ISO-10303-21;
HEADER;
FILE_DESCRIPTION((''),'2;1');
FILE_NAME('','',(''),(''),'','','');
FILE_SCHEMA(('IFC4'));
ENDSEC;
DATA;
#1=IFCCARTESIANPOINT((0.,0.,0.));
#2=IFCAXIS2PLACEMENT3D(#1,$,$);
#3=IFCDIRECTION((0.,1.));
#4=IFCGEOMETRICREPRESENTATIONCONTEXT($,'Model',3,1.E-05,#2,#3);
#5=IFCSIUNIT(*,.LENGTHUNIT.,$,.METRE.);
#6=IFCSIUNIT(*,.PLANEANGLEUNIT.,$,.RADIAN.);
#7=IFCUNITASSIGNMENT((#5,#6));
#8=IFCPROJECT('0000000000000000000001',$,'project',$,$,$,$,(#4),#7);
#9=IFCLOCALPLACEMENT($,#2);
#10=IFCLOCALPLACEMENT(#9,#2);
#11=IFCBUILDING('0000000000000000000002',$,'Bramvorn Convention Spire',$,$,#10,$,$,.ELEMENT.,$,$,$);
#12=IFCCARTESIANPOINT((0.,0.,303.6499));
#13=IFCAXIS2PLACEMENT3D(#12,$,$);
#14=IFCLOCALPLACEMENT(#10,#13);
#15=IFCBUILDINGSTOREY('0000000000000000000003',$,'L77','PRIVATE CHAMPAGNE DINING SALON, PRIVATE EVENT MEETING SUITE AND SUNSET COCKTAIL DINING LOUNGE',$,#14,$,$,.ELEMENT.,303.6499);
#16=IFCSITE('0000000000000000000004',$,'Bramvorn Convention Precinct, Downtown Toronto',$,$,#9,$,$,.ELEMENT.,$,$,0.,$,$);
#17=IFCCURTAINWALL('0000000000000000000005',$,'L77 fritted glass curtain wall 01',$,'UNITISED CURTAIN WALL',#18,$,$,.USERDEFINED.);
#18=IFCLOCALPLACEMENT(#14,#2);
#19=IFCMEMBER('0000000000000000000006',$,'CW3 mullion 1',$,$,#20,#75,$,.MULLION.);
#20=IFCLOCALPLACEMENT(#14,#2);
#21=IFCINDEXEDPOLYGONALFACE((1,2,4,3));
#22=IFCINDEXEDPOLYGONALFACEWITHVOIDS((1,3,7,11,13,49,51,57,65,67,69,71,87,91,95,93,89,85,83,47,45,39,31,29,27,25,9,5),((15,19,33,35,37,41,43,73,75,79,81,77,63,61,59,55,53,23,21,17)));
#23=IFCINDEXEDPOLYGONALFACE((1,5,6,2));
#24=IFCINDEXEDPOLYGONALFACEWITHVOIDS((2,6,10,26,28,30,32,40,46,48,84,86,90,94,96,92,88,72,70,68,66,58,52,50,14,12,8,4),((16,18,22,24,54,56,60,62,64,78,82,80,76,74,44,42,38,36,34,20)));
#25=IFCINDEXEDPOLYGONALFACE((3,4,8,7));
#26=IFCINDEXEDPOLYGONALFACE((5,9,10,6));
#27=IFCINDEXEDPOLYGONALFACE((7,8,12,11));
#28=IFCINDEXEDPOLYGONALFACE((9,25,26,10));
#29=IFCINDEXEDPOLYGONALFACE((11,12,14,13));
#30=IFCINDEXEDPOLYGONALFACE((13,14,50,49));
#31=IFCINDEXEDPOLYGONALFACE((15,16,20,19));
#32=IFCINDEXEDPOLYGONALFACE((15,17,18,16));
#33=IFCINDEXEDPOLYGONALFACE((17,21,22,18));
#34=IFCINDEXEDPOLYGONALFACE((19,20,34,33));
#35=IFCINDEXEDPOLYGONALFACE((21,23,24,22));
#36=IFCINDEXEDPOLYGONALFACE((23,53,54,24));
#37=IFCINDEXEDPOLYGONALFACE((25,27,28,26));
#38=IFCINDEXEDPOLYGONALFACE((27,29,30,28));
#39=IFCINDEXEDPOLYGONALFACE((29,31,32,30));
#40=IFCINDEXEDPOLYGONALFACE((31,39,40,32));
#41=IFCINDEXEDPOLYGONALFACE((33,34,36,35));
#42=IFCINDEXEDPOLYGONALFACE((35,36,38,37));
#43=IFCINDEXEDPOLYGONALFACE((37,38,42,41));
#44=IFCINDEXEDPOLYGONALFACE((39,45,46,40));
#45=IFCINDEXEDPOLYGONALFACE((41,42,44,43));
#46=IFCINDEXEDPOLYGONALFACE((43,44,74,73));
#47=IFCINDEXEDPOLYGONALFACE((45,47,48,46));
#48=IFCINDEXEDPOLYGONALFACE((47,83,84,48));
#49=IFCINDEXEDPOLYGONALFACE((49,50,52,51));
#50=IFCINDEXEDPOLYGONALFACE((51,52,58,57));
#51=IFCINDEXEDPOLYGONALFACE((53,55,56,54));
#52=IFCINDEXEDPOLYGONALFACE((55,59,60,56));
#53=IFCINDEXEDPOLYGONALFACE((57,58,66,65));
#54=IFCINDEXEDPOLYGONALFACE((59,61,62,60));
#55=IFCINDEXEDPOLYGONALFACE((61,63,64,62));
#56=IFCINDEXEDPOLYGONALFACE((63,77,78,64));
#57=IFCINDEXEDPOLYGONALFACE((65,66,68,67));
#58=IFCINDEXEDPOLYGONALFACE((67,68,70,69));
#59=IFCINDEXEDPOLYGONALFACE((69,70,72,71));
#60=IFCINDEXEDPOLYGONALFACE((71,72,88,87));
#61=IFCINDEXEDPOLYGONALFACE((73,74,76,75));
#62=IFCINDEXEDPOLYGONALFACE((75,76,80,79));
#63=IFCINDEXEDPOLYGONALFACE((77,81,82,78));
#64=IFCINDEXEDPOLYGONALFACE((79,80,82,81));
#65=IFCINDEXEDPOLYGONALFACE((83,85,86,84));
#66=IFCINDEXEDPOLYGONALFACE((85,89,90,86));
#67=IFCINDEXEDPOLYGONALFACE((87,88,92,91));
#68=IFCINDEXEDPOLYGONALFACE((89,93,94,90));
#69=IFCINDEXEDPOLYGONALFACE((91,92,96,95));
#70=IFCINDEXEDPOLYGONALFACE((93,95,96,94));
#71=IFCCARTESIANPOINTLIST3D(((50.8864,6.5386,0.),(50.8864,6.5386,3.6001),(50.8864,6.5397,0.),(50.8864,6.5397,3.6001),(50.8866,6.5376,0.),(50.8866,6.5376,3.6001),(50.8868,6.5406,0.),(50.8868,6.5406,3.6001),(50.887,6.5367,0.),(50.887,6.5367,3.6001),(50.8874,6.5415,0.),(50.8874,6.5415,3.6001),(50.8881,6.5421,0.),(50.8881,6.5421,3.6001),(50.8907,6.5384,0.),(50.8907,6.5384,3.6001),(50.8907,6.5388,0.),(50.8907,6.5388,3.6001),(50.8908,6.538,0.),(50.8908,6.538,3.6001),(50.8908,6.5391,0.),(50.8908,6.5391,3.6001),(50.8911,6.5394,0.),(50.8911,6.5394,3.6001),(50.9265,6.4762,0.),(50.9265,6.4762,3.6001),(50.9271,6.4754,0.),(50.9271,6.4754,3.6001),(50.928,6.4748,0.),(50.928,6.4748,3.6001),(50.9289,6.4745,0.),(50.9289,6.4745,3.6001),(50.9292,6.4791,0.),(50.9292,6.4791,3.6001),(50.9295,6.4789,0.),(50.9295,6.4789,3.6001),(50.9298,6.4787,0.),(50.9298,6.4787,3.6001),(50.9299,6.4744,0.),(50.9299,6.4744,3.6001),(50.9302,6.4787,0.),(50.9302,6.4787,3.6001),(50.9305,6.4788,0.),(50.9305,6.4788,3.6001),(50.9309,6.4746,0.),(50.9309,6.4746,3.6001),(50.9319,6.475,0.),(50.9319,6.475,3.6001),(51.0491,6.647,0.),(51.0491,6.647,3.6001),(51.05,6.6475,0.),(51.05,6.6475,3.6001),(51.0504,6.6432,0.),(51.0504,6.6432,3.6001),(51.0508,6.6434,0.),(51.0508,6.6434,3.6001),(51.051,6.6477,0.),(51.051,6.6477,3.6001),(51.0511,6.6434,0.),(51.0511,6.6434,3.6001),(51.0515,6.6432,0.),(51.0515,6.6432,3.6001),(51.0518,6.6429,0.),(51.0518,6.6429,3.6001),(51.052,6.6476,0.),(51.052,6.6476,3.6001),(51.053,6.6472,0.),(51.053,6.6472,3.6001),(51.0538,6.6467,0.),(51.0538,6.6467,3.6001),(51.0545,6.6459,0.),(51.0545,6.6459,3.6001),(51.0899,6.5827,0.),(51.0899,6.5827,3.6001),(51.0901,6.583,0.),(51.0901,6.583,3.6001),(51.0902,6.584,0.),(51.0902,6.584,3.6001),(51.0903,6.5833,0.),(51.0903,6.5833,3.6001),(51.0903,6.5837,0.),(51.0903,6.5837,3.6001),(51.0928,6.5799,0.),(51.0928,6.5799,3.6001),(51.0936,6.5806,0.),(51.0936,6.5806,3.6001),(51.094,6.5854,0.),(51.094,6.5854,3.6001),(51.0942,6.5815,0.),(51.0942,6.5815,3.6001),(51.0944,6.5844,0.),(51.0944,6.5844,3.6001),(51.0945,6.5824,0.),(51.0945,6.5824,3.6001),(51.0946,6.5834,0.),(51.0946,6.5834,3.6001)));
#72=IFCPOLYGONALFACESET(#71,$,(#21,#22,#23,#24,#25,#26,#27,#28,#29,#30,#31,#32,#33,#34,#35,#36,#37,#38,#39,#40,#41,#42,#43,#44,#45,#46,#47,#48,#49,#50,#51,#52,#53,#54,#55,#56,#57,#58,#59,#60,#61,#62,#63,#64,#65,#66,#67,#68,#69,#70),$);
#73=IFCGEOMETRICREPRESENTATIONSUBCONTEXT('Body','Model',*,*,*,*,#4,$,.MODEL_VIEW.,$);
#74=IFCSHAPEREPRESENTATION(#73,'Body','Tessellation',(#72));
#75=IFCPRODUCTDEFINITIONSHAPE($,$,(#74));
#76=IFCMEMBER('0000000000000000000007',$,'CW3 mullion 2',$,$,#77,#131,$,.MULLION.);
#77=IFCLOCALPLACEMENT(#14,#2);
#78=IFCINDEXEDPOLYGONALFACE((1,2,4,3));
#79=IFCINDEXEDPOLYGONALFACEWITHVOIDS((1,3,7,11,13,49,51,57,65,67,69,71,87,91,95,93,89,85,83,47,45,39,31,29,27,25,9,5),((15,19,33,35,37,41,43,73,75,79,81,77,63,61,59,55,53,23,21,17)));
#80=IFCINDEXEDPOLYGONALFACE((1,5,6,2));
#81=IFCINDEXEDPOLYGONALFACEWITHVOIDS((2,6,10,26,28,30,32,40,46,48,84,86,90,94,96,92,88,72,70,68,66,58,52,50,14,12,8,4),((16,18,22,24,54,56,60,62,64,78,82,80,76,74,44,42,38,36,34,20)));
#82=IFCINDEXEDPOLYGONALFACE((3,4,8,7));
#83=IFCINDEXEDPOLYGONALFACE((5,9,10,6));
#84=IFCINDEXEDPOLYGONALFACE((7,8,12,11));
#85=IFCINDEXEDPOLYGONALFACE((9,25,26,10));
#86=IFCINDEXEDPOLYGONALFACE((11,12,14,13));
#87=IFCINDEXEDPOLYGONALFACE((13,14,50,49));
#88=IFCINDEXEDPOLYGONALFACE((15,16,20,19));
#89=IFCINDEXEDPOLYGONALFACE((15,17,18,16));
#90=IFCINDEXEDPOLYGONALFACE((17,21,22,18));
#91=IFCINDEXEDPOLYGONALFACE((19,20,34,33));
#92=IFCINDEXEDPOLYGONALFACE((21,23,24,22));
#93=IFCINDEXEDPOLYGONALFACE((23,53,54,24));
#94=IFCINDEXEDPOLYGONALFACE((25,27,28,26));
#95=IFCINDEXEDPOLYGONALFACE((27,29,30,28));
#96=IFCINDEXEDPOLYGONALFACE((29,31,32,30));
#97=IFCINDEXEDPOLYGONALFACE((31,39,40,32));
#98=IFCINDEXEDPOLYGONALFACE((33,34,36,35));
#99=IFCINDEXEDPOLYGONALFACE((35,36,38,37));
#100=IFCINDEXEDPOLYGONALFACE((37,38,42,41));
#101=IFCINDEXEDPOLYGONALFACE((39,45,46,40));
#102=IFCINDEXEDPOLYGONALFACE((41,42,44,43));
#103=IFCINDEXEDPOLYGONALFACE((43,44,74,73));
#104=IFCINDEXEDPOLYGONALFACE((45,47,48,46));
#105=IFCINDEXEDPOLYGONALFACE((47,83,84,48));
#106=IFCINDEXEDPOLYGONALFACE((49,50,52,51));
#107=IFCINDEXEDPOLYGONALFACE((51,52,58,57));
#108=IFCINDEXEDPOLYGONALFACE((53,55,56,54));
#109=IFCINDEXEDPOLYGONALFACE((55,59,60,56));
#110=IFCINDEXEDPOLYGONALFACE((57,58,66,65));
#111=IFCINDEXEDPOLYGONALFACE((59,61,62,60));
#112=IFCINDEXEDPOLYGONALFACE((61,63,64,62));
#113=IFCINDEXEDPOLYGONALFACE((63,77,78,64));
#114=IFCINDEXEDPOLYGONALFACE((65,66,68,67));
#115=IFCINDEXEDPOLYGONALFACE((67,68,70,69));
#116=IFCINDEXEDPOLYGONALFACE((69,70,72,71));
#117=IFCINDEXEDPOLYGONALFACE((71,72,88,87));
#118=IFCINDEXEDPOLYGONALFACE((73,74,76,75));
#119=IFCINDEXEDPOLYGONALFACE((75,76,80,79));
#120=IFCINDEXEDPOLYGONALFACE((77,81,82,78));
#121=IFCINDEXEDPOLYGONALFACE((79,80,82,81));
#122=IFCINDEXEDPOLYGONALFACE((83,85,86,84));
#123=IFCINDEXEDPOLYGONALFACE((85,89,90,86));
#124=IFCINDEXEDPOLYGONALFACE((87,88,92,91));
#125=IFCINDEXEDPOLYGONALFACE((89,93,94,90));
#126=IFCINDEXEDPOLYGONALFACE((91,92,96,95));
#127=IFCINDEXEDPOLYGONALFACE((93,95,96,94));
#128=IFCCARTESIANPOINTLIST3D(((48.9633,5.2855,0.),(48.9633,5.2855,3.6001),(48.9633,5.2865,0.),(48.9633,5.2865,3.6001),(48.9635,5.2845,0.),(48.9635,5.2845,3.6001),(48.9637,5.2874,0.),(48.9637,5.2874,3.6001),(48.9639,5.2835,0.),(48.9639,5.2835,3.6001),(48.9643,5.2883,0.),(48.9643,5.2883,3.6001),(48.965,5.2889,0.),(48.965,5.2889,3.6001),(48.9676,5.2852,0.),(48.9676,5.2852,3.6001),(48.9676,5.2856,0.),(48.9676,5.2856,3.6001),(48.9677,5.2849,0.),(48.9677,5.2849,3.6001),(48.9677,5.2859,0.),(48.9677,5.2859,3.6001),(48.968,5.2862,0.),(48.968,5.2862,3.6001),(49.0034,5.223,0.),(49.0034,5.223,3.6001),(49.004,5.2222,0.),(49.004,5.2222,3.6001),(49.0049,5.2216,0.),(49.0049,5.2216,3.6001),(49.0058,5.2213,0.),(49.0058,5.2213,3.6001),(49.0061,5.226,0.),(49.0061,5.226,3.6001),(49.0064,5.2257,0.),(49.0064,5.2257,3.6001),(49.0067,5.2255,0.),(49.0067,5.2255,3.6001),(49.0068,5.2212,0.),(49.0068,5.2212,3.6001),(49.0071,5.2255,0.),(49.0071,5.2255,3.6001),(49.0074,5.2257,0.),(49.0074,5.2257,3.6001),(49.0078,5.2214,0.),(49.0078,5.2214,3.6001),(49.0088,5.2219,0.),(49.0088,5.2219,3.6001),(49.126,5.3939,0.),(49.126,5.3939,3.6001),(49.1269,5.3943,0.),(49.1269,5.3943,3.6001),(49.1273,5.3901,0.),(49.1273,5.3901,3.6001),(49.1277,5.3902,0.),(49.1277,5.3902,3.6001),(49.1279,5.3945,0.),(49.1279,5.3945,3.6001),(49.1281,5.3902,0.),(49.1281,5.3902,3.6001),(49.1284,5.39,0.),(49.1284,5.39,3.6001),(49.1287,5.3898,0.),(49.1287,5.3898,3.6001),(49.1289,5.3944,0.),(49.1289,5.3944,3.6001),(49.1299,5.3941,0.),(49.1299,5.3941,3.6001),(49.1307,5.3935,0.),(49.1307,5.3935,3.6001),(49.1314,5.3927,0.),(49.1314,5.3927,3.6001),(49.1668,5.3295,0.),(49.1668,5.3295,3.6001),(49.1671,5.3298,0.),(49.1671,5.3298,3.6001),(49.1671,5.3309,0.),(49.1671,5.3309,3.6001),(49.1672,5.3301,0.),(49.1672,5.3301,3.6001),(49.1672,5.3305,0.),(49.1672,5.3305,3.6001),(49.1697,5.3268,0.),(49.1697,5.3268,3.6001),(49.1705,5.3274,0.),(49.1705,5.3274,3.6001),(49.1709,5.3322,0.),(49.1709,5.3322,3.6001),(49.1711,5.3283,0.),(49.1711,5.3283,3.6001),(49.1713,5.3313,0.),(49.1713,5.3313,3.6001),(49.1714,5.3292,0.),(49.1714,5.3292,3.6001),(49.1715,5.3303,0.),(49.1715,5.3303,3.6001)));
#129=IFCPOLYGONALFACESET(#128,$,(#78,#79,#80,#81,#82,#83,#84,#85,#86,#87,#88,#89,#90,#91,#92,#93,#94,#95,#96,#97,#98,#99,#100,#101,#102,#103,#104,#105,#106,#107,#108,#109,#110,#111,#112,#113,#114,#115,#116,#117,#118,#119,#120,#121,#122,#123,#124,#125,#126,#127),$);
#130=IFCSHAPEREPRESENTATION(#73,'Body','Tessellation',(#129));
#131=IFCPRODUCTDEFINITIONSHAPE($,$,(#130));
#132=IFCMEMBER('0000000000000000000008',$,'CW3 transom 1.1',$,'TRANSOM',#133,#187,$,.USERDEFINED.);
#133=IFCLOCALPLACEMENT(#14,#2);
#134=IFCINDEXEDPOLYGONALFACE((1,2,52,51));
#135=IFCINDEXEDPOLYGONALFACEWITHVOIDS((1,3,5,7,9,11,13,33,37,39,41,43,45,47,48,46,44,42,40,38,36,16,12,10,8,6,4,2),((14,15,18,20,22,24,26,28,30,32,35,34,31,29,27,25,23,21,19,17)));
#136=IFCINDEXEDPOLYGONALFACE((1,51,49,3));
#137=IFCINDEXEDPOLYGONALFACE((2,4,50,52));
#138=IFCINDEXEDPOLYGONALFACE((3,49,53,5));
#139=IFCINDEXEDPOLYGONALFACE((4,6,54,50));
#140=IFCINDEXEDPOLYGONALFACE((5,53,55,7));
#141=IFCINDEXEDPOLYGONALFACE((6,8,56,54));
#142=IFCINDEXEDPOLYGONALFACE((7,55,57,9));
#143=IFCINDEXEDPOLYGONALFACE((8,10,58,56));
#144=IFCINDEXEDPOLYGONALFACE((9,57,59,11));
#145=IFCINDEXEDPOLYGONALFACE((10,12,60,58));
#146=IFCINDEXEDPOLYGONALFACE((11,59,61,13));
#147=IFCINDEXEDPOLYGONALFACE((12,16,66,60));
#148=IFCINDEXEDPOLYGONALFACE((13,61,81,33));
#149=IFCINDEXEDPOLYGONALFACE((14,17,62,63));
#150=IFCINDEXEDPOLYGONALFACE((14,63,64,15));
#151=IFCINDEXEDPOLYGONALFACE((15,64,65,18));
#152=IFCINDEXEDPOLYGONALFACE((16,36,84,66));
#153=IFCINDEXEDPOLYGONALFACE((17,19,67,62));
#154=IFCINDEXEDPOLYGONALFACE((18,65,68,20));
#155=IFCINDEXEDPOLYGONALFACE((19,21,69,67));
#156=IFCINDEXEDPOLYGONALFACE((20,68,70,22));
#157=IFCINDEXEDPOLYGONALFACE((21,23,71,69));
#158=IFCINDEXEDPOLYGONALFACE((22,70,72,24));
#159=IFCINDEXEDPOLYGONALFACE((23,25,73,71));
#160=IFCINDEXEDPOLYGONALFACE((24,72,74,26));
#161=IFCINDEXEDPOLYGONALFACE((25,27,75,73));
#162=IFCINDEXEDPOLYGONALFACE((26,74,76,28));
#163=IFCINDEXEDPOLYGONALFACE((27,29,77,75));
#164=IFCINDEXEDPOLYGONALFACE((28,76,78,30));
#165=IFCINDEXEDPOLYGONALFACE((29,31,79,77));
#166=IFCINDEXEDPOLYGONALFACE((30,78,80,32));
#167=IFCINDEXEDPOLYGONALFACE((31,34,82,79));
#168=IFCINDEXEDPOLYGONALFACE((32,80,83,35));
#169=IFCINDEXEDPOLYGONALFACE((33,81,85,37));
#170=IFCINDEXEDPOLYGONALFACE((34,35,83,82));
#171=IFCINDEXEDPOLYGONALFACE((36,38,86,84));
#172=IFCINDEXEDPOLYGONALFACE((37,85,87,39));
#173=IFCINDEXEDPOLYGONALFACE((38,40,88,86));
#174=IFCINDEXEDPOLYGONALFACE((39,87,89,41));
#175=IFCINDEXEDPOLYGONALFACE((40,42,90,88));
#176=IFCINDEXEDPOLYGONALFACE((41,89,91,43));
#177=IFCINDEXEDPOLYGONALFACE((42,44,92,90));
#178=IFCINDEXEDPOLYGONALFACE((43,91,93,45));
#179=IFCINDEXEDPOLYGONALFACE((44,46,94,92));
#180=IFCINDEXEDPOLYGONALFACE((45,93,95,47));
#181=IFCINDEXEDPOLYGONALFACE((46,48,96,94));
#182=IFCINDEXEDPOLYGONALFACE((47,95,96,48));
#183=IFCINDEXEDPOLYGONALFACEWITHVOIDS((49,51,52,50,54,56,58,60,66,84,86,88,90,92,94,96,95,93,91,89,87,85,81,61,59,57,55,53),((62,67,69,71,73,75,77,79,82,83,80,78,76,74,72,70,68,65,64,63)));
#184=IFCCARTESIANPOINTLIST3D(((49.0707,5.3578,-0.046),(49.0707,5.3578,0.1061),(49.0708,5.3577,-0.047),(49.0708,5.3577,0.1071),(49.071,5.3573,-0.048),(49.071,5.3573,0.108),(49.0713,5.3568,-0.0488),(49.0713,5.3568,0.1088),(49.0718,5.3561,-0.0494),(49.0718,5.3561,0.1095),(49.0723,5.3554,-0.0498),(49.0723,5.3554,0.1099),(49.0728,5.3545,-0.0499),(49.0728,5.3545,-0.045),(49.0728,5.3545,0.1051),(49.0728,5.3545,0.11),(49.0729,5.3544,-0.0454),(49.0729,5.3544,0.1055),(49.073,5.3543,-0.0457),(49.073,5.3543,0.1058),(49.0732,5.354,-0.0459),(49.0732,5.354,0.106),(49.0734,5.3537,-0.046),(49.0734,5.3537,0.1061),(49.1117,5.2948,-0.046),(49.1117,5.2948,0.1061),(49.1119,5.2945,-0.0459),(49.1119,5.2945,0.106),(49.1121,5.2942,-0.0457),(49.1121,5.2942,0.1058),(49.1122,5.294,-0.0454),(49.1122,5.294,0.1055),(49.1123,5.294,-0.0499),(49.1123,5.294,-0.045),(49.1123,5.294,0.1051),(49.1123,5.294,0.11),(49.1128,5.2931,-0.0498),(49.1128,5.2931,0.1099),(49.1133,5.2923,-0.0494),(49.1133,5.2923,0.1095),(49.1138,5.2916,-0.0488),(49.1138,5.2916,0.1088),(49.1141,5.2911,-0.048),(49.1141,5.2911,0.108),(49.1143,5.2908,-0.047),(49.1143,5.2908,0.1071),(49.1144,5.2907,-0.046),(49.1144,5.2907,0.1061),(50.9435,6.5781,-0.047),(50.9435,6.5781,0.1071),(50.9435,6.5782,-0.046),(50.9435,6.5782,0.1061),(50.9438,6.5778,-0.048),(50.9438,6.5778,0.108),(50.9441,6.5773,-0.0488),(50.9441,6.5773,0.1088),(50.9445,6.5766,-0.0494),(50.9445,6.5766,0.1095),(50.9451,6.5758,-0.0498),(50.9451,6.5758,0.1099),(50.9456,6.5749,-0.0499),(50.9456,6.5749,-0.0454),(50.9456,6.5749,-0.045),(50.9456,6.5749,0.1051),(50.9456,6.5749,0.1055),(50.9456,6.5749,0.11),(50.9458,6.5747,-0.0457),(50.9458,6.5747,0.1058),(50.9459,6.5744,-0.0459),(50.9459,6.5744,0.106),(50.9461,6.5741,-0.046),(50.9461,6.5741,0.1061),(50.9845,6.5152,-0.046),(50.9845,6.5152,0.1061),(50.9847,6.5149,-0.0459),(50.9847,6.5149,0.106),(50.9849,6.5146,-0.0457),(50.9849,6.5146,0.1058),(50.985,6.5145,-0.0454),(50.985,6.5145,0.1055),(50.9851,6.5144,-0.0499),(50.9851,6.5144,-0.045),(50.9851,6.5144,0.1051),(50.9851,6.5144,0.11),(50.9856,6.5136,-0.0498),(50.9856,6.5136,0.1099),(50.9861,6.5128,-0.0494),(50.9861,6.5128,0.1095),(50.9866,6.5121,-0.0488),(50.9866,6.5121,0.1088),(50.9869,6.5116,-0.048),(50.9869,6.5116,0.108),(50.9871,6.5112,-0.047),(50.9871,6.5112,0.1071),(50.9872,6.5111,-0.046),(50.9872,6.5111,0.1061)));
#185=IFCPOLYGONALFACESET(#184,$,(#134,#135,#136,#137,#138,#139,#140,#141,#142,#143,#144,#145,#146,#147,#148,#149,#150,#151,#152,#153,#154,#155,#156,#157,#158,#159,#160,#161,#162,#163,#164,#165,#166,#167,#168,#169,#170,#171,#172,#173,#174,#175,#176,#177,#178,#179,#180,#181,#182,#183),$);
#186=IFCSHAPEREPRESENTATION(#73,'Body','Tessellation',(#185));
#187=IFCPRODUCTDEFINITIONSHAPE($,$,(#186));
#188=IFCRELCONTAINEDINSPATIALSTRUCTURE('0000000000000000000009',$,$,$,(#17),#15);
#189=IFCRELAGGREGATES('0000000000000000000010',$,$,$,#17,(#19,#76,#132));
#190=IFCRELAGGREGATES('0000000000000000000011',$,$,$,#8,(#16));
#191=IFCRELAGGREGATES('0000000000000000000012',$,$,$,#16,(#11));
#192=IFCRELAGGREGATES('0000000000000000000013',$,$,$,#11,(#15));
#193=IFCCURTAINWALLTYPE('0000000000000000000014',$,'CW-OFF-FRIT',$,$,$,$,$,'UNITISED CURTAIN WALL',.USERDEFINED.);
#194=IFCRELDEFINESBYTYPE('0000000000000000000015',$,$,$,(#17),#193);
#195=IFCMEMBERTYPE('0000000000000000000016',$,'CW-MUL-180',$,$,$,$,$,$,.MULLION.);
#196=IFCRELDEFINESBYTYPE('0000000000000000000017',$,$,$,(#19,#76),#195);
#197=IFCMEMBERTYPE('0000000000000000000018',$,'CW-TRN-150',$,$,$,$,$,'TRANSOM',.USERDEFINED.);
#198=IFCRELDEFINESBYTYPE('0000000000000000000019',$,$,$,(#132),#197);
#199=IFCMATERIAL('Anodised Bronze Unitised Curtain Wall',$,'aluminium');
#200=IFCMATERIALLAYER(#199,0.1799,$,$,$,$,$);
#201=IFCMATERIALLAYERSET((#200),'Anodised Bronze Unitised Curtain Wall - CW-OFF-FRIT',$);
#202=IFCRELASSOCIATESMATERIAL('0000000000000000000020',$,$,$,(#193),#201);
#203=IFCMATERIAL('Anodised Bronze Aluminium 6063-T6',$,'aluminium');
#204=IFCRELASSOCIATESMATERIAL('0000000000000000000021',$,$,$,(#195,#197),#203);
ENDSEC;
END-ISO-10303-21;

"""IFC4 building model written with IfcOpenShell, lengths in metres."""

from ifc_helpers import new_model, si_unit, direction, frame, origin, origin_2d, place, context, subcontext, project, spatial, hollow_rectangle, extrude, material, layer, layer_set, material_profile, profile_set, type_object, element, aggregate, save


model = new_model("IFC4")

# Units and contexts
model_context = context("Model", 3, precision=1e-05, world=origin(), true_north=direction((0.0, 1.0)))
body_context = subcontext(model_context, "Body", "Model", "MODEL_VIEW")
ifc_project = project(units=[si_unit("LENGTHUNIT", "METRE"), si_unit("PLANEANGLEUNIT", "RADIAN")], contexts=[model_context])

# Site, building, storey
site_placement = place(None, origin())
site = spatial("IfcSite", under=ifc_project, at=site_placement, Name="Bramvorn Convention Precinct, Downtown Toronto", CompositionType="ELEMENT", RefElevation=0.0)
building_placement = place(site_placement, origin())
building = spatial("IfcBuilding", under=site, at=building_placement, Name="Bramvorn Convention Spire", CompositionType="ELEMENT")
storey_placement = place(building_placement, frame((0.0, 0.0, 303.6499)))
storey = spatial("IfcBuildingStorey", under=building, at=storey_placement, Name="L77", Description="PRIVATE CHAMPAGNE DINING SALON, PRIVATE EVENT MEETING SUITE AND SUNSET COCKTAIL DINING LOUNGE", CompositionType="ELEMENT", Elevation=303.6499)

# Curtain wall, members
ifc_material_1 = material(Name="Anodised Bronze Unitised Curtain Wall", Category="aluminium")
ifc_layer_1 = layer(ifc_material_1, 0.1799)
ifc_layer_set_1 = layer_set([ifc_layer_1], Name="Anodised Bronze Unitised Curtain Wall - CW-OFF-FRIT")
curtain_wall_type = type_object("IfcCurtainWallType", Name="CW-OFF-FRIT", ElementType="UNITISED CURTAIN WALL", PredefinedType="USERDEFINED", material=ifc_layer_set_1)
curtain_wall_placement = place(storey_placement, origin())
curtain_wall = element("IfcCurtainWall", 1, at=curtain_wall_placement, inside=storey, type_object=curtain_wall_type, Name="L77 fritted glass curtain wall 01", ObjectType="UNITISED CURTAIN WALL", PredefinedType="USERDEFINED")
ifc_material_2 = material(Name="Anodised Bronze Aluminium 6063-T6", Category="aluminium")
ifc_material_profile_1 = material_profile(ifc_material_2, hollow_rectangle(XDim=0.0801, YDim=0.2, WallThickness=0.0039, InnerFilletRadius=0.001, OuterFilletRadius=0.0039, at=origin_2d()))
ifc_profile_set_1 = profile_set([ifc_material_profile_1], Name="Anodised Bronze Aluminium 6063-T6 - CWM80X200")
member_type_1 = type_object("IfcMemberType", Name="CW-MUL-180", PredefinedType="MULLION", material=ifc_profile_set_1)
member_1_placement = place(storey_placement, frame((50.9905, 6.561, 0.0), z_axis=(0.0, 0.0, 1.0), x_axis=(0.546036, -0.837762, 0.0)))
member_1 = element("IfcMember", 2, at=member_1_placement, type_object=member_type_1, Name="CW3 mullion 1", PredefinedType="MULLION", context=body_context, shape_type="SweptSolid", body=[
    extrude(hollow_rectangle(XDim=0.0801, YDim=0.2, WallThickness=0.0039, InnerFilletRadius=0.001, OuterFilletRadius=0.0039, at=origin_2d()), origin(), (0.0, 0.0, 1.0), 3.6001),
])
member_2_placement = place(storey_placement, frame((49.0674, 5.3079, 0.0), z_axis=(0.0, 0.0, 1.0), x_axis=(0.546036, -0.837762, 0.0)))
member_2 = element("IfcMember", 3, at=member_2_placement, type_object=member_type_1, Name="CW3 mullion 2", PredefinedType="MULLION", context=body_context, shape_type="SweptSolid", body=[
    extrude(hollow_rectangle(XDim=0.0801, YDim=0.2, WallThickness=0.0039, InnerFilletRadius=0.001, OuterFilletRadius=0.0039, at=origin_2d()), origin(), (0.0, 0.0, 1.0), 3.6001),
])
ifc_material_profile_2 = material_profile(ifc_material_2, hollow_rectangle(XDim=0.0801, YDim=0.1599, WallThickness=0.0039, InnerFilletRadius=0.001, OuterFilletRadius=0.0039, at=origin_2d()))
ifc_profile_set_2 = profile_set([ifc_material_profile_2], Name="Anodised Bronze Aluminium 6063-T6 - CWT80X160")
member_type_2 = type_object("IfcMemberType", Name="CW-TRN-150", ElementType="TRANSOM", PredefinedType="USERDEFINED", material=ifc_profile_set_2)
member_3_placement = place(storey_placement, frame((50.9653, 6.5447, 0.03), z_axis=(-0.837802, -0.545975, 0.0), x_axis=(0.545975, -0.837802, 0.0)))
member_3 = element("IfcMember", 4, at=member_3_placement, type_object=member_type_2, Name="CW3 transom 1.1", ObjectType="TRANSOM", PredefinedType="USERDEFINED", context=body_context, shape_type="SweptSolid", body=[
    extrude(hollow_rectangle(XDim=0.0801, YDim=0.1599, WallThickness=0.0039, InnerFilletRadius=0.001, OuterFilletRadius=0.0039, at=origin_2d()), origin(), (0.0, 0.0, 1.0), 2.2354),
])

aggregate(curtain_wall, [member_1, member_2, member_3])

save(model, "model.ifc")
